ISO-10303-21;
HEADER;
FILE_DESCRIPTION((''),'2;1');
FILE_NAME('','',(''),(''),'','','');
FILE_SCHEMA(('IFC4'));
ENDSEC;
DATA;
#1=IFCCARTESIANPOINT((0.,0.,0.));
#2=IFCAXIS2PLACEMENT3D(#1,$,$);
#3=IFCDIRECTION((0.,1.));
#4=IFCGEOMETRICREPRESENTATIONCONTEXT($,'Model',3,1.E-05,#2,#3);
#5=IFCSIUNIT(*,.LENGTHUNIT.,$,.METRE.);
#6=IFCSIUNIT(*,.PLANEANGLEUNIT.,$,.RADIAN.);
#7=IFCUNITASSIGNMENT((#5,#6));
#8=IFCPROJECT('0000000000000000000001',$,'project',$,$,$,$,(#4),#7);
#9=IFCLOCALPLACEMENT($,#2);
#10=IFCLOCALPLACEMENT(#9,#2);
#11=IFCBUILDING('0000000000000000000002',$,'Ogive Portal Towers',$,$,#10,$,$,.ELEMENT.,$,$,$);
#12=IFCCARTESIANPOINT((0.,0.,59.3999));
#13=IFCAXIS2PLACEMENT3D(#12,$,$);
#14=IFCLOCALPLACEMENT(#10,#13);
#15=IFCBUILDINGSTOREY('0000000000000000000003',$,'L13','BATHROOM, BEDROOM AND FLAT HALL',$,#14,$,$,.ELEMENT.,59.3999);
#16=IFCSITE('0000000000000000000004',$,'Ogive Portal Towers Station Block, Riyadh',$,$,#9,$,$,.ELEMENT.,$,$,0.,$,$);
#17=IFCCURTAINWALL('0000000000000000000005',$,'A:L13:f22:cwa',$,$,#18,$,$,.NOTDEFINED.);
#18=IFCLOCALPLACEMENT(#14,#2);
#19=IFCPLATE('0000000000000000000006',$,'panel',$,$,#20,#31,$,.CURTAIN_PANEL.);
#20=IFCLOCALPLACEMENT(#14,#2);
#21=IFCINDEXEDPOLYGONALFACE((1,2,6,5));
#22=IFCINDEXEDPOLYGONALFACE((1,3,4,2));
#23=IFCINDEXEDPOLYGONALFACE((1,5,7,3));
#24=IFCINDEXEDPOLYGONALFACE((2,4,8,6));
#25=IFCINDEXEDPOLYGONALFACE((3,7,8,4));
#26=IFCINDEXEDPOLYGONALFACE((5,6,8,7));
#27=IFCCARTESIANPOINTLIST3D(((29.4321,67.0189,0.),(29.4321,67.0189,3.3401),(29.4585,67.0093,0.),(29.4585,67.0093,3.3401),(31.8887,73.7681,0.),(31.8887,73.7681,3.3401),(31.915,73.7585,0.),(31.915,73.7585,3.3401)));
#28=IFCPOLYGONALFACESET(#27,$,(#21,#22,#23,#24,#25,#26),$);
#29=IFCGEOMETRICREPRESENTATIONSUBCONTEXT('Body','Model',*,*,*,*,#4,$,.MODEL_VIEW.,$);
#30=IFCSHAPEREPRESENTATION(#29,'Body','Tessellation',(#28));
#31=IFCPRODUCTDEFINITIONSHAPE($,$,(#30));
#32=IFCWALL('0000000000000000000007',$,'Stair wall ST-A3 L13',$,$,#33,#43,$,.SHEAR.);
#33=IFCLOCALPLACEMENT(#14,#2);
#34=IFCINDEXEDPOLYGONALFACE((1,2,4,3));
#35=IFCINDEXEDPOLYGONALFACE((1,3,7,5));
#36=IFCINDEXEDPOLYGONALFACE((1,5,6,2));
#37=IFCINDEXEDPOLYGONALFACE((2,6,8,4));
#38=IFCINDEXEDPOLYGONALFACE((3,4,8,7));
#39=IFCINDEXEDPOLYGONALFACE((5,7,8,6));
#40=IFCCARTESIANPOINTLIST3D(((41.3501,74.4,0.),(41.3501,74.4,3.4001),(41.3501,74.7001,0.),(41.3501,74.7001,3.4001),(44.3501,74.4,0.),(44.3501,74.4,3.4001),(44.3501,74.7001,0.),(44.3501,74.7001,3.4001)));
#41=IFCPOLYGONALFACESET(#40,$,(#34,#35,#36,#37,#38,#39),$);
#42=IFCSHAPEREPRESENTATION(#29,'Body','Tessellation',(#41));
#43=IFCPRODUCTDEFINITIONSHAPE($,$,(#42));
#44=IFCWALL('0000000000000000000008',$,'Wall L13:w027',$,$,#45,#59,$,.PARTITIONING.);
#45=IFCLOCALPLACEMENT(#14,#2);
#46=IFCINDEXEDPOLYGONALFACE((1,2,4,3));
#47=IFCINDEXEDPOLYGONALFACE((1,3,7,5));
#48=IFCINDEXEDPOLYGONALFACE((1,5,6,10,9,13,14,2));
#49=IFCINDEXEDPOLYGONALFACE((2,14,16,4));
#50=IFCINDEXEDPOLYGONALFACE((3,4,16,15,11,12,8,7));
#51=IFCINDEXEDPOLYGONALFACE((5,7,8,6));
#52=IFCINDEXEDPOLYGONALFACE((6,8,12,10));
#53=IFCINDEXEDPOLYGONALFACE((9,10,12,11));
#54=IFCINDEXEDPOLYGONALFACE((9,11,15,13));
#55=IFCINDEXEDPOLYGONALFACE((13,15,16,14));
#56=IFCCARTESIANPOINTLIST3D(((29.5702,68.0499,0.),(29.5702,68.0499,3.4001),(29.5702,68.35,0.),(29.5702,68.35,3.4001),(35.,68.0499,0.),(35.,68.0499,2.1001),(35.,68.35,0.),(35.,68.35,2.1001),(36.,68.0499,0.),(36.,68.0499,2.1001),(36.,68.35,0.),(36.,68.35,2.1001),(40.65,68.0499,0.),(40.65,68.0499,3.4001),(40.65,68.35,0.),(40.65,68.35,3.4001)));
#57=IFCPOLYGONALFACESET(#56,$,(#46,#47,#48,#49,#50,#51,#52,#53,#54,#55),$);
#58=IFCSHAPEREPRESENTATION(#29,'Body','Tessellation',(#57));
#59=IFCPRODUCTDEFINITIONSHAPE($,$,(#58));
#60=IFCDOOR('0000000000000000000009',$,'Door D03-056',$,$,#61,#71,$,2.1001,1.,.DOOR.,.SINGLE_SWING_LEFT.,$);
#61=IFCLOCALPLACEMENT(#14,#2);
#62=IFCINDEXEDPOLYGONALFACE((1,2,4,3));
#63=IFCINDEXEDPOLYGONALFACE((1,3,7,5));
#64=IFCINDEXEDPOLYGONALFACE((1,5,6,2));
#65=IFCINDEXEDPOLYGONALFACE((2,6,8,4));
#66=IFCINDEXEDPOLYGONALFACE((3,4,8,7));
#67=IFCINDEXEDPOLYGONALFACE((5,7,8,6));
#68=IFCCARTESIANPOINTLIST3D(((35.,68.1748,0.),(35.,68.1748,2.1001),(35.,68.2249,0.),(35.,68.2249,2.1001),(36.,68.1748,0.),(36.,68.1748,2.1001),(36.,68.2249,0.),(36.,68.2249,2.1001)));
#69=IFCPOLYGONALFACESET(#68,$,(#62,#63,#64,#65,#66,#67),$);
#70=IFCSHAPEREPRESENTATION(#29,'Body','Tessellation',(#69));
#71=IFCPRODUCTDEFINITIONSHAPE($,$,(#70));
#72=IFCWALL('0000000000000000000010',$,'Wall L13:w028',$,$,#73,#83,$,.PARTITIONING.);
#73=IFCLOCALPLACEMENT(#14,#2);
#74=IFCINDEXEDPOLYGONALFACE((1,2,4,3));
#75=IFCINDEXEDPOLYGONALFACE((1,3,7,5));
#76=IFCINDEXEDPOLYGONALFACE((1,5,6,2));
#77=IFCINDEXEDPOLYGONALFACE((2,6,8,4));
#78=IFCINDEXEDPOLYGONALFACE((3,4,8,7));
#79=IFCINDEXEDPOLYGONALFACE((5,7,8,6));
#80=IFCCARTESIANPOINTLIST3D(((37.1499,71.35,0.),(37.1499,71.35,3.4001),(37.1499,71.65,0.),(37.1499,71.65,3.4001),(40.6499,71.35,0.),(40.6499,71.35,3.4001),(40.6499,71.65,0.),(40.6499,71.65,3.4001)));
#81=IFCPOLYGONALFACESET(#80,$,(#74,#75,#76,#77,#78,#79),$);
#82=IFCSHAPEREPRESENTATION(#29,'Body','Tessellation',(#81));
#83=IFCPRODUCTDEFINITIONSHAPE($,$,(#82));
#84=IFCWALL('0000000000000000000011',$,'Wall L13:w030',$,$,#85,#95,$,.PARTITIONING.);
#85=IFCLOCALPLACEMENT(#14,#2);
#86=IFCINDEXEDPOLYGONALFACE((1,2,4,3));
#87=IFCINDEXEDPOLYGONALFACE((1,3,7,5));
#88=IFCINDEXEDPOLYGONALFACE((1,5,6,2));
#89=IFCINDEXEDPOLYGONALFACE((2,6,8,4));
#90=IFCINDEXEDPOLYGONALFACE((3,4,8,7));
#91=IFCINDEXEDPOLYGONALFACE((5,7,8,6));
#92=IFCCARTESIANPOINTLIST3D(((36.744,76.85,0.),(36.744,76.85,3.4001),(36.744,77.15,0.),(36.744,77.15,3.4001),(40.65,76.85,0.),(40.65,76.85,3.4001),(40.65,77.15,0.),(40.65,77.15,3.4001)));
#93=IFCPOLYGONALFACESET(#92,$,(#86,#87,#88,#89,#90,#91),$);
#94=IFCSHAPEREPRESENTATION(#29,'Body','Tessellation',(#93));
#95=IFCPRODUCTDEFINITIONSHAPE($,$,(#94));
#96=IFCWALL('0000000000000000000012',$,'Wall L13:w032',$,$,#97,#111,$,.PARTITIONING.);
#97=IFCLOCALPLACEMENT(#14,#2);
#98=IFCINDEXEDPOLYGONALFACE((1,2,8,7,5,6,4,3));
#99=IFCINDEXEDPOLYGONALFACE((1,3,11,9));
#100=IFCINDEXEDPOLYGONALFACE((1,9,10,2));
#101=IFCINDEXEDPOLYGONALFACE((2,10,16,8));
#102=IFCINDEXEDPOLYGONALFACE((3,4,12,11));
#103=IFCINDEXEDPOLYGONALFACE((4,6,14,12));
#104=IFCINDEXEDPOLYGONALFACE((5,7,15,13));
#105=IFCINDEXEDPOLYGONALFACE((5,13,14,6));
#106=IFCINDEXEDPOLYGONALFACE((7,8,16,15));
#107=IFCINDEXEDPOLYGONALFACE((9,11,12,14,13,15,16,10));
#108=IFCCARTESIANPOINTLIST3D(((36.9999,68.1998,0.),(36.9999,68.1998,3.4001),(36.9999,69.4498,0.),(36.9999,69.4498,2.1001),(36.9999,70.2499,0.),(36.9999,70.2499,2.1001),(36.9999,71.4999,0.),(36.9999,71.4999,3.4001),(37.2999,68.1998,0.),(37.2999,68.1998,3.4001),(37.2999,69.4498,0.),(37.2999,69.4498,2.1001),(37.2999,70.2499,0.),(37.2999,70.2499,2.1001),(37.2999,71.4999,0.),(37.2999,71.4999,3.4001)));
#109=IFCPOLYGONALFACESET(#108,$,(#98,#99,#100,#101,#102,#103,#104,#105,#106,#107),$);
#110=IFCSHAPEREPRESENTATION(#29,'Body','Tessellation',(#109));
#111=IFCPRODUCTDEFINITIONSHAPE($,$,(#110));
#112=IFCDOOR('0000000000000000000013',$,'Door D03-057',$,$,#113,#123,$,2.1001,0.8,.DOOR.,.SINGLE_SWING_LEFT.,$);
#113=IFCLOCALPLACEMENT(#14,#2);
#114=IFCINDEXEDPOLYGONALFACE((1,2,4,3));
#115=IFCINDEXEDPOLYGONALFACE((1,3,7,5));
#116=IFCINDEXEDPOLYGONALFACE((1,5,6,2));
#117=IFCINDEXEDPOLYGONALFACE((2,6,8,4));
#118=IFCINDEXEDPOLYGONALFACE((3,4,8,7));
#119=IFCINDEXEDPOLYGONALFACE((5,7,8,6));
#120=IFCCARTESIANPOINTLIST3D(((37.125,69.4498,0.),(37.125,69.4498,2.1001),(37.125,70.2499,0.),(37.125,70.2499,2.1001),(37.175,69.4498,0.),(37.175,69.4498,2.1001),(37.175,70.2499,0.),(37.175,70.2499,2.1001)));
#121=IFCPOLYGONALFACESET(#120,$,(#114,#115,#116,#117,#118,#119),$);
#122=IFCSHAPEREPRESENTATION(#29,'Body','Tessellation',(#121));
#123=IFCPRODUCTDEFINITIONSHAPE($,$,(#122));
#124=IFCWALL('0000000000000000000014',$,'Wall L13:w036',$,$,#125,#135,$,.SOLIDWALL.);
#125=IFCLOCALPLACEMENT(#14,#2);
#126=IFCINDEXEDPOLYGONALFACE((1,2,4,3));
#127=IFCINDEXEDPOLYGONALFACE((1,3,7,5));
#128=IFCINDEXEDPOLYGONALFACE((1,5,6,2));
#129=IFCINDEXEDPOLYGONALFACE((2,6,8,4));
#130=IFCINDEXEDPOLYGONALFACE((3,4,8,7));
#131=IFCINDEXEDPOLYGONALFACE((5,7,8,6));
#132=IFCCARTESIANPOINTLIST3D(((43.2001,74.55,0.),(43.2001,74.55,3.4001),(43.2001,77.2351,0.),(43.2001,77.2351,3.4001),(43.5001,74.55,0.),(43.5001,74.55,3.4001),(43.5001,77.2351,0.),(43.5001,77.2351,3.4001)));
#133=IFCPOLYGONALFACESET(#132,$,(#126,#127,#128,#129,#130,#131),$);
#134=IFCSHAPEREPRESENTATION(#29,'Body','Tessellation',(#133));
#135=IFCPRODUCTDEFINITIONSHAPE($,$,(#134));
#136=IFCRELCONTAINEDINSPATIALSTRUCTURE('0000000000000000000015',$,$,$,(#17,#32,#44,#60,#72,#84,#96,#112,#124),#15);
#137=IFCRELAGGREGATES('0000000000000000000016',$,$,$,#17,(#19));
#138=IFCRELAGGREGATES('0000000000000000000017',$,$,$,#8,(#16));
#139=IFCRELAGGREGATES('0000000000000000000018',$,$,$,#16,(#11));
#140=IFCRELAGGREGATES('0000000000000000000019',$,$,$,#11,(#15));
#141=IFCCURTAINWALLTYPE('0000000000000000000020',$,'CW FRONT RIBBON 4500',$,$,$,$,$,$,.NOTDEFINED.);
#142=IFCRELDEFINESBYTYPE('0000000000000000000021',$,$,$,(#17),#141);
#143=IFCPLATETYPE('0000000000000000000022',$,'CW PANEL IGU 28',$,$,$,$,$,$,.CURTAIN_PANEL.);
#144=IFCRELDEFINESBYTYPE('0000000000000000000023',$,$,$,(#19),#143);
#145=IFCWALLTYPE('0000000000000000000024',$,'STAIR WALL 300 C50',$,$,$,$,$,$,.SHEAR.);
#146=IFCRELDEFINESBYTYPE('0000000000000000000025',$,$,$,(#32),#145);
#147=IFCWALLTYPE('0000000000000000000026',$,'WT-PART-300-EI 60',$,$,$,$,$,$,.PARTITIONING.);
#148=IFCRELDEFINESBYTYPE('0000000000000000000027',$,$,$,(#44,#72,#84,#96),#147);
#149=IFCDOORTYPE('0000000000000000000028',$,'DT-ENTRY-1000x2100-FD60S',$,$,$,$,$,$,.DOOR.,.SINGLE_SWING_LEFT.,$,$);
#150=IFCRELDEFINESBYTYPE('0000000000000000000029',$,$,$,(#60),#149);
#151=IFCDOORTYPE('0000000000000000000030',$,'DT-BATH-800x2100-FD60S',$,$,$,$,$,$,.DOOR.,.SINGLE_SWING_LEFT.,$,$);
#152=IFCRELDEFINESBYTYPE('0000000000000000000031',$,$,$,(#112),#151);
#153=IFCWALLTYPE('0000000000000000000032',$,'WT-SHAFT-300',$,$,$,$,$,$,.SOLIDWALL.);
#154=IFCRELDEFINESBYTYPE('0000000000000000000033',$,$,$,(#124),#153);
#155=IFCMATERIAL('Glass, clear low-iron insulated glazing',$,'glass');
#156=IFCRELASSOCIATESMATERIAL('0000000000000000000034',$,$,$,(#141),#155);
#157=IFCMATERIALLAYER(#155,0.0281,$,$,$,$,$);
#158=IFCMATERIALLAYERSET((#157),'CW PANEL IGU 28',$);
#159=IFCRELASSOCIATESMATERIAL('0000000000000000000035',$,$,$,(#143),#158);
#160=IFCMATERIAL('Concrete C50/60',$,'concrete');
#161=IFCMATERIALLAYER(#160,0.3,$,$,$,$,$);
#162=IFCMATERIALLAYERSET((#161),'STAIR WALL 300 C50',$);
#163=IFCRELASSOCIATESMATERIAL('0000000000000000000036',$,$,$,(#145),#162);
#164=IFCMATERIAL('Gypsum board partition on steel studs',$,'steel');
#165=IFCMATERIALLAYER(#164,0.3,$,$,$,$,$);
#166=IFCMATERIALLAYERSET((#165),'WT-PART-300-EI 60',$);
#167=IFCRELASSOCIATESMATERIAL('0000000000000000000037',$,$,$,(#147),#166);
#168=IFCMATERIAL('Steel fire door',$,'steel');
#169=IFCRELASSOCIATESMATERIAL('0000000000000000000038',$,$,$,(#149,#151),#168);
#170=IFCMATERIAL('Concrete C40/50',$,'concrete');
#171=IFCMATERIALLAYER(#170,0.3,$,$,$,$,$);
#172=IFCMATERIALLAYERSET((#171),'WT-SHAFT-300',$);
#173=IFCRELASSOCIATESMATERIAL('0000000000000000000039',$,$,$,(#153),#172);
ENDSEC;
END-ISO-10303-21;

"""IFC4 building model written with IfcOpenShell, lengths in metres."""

from ifc_helpers import new_model, si_unit, direction, frame, frame_2d, origin, origin_2d, place, context, subcontext, project, spatial, rectangle, extrude, material, layer, layer_set, type_object, element, fill, aggregate, save


model = new_model("IFC4")

# Units and contexts
model_context = context("Model", 3, precision=1e-05, world=origin(), true_north=direction((0.0, 1.0)))
body_context = subcontext(model_context, "Body", "Model", "MODEL_VIEW")
ifc_project = project(units=[si_unit("LENGTHUNIT", "METRE"), si_unit("PLANEANGLEUNIT", "RADIAN")], contexts=[model_context])

# Site, building, storey
site_placement = place(None, origin())
site = spatial("IfcSite", under=ifc_project, at=site_placement, Name="Ogive Portal Towers Station Block, Riyadh", CompositionType="ELEMENT", RefElevation=0.0)
building_placement = place(site_placement, origin())
building = spatial("IfcBuilding", under=site, at=building_placement, Name="Ogive Portal Towers", CompositionType="ELEMENT")
storey_placement = place(building_placement, frame((0.0, 0.0, 59.3999)))
storey = spatial("IfcBuildingStorey", under=building, at=storey_placement, Name="L13", Description="BATHROOM, BEDROOM AND FLAT HALL", CompositionType="ELEMENT", Elevation=59.3999)

# Shared definitions
ifc_material_1 = material(Name="Concrete C40/50", Category="concrete")

# Curtain wall, plate
ifc_material_2 = material(Name="Glass, clear low-iron insulated glazing", Category="glass")
curtain_wall_type = type_object("IfcCurtainWallType", Name="CW FRONT RIBBON 4500", PredefinedType="NOTDEFINED", material=ifc_material_2)
curtain_wall_placement = place(storey_placement, origin())
curtain_wall = element("IfcCurtainWall", 1, at=curtain_wall_placement, inside=storey, type_object=curtain_wall_type, Name="A:L13:f22:cwa", PredefinedType="NOTDEFINED")
ifc_layer_1 = layer(ifc_material_2, 0.0281)
ifc_layer_set_1 = layer_set([ifc_layer_1], Name="CW PANEL IGU 28")
plate_type = type_object("IfcPlateType", Name="CW PANEL IGU 28", PredefinedType="CURTAIN_PANEL", material=ifc_layer_set_1)
plate_1_placement = place(storey_placement, frame((30.6736, 70.3887, 0.0), z_axis=(0.0, 0.0, 1.0), x_axis=(-0.34202, -0.939693, 0.0)))
plate_1 = element("IfcPlate", 2, at=plate_1_placement, type_object=plate_type, Name="panel", PredefinedType="CURTAIN_PANEL", context=body_context, shape_type="SweptSolid", body=[
    extrude(rectangle(XDim=7.1824, YDim=0.0281, at=origin_2d()), origin(), (0.0, 0.0, 1.0), 3.3401),
])
aggregate(curtain_wall, [plate_1])

# Wall
ifc_material_3 = material(Name="Concrete C50/60", Category="concrete")
ifc_layer_2 = layer(ifc_material_3, 0.3)
ifc_layer_set_2 = layer_set([ifc_layer_2], Name="STAIR WALL 300 C50")
wall_type_1 = type_object("IfcWallType", Name="STAIR WALL 300 C50", PredefinedType="SHEAR", material=ifc_layer_set_2)
wall_1_placement = place(storey_placement, frame((41.3501, 74.55, 0.0), z_axis=(0.0, 0.0, 1.0), x_axis=(1.0, 0.0, 0.0)))
element("IfcWall", 3, at=wall_1_placement, inside=storey, type_object=wall_type_1, Name="Stair wall ST-A3 L13", PredefinedType="SHEAR", context=body_context, shape_type="SweptSolid", body=[
    extrude(rectangle(XDim=3.0, YDim=0.3, at=frame_2d((1.5, 0.0))), origin(), (0.0, 0.0, 1.0), 3.4001),
])

# Wall, opening, door
ifc_material_4 = material(Name="Gypsum board partition on steel studs", Category="steel")
ifc_layer_3 = layer(ifc_material_4, 0.3)
ifc_layer_set_3 = layer_set([ifc_layer_3], Name="WT-PART-300-EI 60")
wall_type_2 = type_object("IfcWallType", Name="WT-PART-300-EI 60", PredefinedType="PARTITIONING", material=ifc_layer_set_3)
wall_2_placement = place(storey_placement, frame((29.5701, 68.2, 0.0), z_axis=(0.0, 0.0, 1.0), x_axis=(1.0, 0.0, 0.0)))
wall_2 = element("IfcWall", 4, at=wall_2_placement, inside=storey, type_object=wall_type_2, Name="Wall L13:w027", PredefinedType="PARTITIONING", context=body_context, shape_type="SweptSolid", body=[
    extrude(rectangle(XDim=11.0798, YDim=0.3, at=frame_2d((5.54, 0.0))), origin(), (0.0, 0.0, 1.0), 3.4001),
])
opening_1_placement = place(wall_2_placement, frame((5.4299, 0.0, 0.0)))
opening_1 = element("IfcOpeningElement", 5, at=opening_1_placement, cuts=wall_2, PredefinedType="OPENING", context=body_context, shape_type="SweptSolid", body=[
    extrude(rectangle(XDim=1.0, YDim=2.1001, at=frame_2d((0.5, 1.05))), frame((0.0, 0.1602, 0.0), z_axis=(0.0, -1.0, 0.0), x_axis=(1.0, 0.0, 0.0)), (0.0, 0.0, 1.0), 0.3201),
])
ifc_material_5 = material(Name="Steel fire door", Category="steel")
door_type_1 = type_object("IfcDoorType", Name="DT-ENTRY-1000x2100-FD60S", OperationType="SINGLE_SWING_LEFT", PredefinedType="DOOR", material=ifc_material_5)
door_1_placement = place(opening_1_placement, origin())
door_1 = element("IfcDoor", 6, at=door_1_placement, inside=storey, type_object=door_type_1, Name="Door D03-056", OperationType="SINGLE_SWING_LEFT", OverallHeight=2.1001, OverallWidth=1.0, PredefinedType="DOOR", context=body_context, shape_type="SweptSolid", body=[
    extrude(rectangle(XDim=1.0, YDim=2.1001, at=frame_2d((0.5, 1.05))), frame((0.0, 0.0249, 0.0), z_axis=(0.0, -1.0, 0.0), x_axis=(1.0, 0.0, 0.0)), (0.0, 0.0, 1.0), 0.05),
])
fill(opening_1, door_1)

# Walls
wall_3_placement = place(storey_placement, frame((37.1499, 71.5, 0.0), z_axis=(0.0, 0.0, 1.0), x_axis=(1.0, 0.0, 0.0)))
element("IfcWall", 7, at=wall_3_placement, inside=storey, type_object=wall_type_2, Name="Wall L13:w028", PredefinedType="PARTITIONING", context=body_context, shape_type="SweptSolid", body=[
    extrude(rectangle(XDim=3.5, YDim=0.3, at=frame_2d((1.75, 0.0))), origin(), (0.0, 0.0, 1.0), 3.4001),
])
wall_4_placement = place(storey_placement, frame((36.7439, 77.0, 0.0), z_axis=(0.0, 0.0, 1.0), x_axis=(1.0, 0.0, 0.0)))
element("IfcWall", 8, at=wall_4_placement, inside=storey, type_object=wall_type_2, Name="Wall L13:w030", PredefinedType="PARTITIONING", context=body_context, shape_type="SweptSolid", body=[
    extrude(rectangle(XDim=3.906, YDim=0.3, at=frame_2d((1.9531, 0.0))), origin(), (0.0, 0.0, 1.0), 3.4001),
])

# Wall, opening, door
wall_5_placement = place(storey_placement, frame((37.1499, 68.2, 0.0), z_axis=(0.0, 0.0, 1.0), x_axis=(0.0, 1.0, 0.0)))
wall_5 = element("IfcWall", 9, at=wall_5_placement, inside=storey, type_object=wall_type_2, Name="Wall L13:w032", PredefinedType="PARTITIONING", context=body_context, shape_type="SweptSolid", body=[
    extrude(rectangle(XDim=3.3, YDim=0.3, at=frame_2d((1.6499, 0.0))), origin(), (0.0, 0.0, 1.0), 3.4001),
])
opening_2_placement = place(wall_5_placement, frame((1.25, 0.0, 0.0)))
opening_2 = element("IfcOpeningElement", 10, at=opening_2_placement, cuts=wall_5, PredefinedType="OPENING", context=body_context, shape_type="SweptSolid", body=[
    extrude(rectangle(XDim=0.8, YDim=2.1001, at=frame_2d((0.3999, 1.05))), frame((0.0, 0.1602, 0.0), z_axis=(0.0, -1.0, 0.0), x_axis=(1.0, 0.0, 0.0)), (0.0, 0.0, 1.0), 0.3201),
])
door_type_2 = type_object("IfcDoorType", Name="DT-BATH-800x2100-FD60S", OperationType="SINGLE_SWING_LEFT", PredefinedType="DOOR", material=ifc_material_5)
door_2_placement = place(opening_2_placement, origin())
door_2 = element("IfcDoor", 11, at=door_2_placement, inside=storey, type_object=door_type_2, Name="Door D03-057", OperationType="SINGLE_SWING_LEFT", OverallHeight=2.1001, OverallWidth=0.8, PredefinedType="DOOR", context=body_context, shape_type="SweptSolid", body=[
    extrude(rectangle(XDim=0.8, YDim=2.1001, at=frame_2d((0.3999, 1.05))), frame((0.0, 0.0249, 0.0), z_axis=(0.0, -1.0, 0.0), x_axis=(1.0, 0.0, 0.0)), (0.0, 0.0, 1.0), 0.05),
])
fill(opening_2, door_2)

# Wall
ifc_layer_4 = layer(ifc_material_1, 0.3)
ifc_layer_set_4 = layer_set([ifc_layer_4], Name="WT-SHAFT-300")
wall_type_3 = type_object("IfcWallType", Name="WT-SHAFT-300", PredefinedType="SOLIDWALL", material=ifc_layer_set_4)
wall_6_placement = place(storey_placement, frame((43.3501, 74.55, 0.0), z_axis=(0.0, 0.0, 1.0), x_axis=(0.0, 1.0, 0.0)))
element("IfcWall", 12, at=wall_6_placement, inside=storey, type_object=wall_type_3, Name="Wall L13:w036", PredefinedType="SOLIDWALL", context=body_context, shape_type="SweptSolid", body=[
    extrude(rectangle(XDim=2.6851, YDim=0.3, at=frame_2d((1.3425, 0.0))), origin(), (0.0, 0.0, 1.0), 3.4001),
])

save(model, "model.ifc")
